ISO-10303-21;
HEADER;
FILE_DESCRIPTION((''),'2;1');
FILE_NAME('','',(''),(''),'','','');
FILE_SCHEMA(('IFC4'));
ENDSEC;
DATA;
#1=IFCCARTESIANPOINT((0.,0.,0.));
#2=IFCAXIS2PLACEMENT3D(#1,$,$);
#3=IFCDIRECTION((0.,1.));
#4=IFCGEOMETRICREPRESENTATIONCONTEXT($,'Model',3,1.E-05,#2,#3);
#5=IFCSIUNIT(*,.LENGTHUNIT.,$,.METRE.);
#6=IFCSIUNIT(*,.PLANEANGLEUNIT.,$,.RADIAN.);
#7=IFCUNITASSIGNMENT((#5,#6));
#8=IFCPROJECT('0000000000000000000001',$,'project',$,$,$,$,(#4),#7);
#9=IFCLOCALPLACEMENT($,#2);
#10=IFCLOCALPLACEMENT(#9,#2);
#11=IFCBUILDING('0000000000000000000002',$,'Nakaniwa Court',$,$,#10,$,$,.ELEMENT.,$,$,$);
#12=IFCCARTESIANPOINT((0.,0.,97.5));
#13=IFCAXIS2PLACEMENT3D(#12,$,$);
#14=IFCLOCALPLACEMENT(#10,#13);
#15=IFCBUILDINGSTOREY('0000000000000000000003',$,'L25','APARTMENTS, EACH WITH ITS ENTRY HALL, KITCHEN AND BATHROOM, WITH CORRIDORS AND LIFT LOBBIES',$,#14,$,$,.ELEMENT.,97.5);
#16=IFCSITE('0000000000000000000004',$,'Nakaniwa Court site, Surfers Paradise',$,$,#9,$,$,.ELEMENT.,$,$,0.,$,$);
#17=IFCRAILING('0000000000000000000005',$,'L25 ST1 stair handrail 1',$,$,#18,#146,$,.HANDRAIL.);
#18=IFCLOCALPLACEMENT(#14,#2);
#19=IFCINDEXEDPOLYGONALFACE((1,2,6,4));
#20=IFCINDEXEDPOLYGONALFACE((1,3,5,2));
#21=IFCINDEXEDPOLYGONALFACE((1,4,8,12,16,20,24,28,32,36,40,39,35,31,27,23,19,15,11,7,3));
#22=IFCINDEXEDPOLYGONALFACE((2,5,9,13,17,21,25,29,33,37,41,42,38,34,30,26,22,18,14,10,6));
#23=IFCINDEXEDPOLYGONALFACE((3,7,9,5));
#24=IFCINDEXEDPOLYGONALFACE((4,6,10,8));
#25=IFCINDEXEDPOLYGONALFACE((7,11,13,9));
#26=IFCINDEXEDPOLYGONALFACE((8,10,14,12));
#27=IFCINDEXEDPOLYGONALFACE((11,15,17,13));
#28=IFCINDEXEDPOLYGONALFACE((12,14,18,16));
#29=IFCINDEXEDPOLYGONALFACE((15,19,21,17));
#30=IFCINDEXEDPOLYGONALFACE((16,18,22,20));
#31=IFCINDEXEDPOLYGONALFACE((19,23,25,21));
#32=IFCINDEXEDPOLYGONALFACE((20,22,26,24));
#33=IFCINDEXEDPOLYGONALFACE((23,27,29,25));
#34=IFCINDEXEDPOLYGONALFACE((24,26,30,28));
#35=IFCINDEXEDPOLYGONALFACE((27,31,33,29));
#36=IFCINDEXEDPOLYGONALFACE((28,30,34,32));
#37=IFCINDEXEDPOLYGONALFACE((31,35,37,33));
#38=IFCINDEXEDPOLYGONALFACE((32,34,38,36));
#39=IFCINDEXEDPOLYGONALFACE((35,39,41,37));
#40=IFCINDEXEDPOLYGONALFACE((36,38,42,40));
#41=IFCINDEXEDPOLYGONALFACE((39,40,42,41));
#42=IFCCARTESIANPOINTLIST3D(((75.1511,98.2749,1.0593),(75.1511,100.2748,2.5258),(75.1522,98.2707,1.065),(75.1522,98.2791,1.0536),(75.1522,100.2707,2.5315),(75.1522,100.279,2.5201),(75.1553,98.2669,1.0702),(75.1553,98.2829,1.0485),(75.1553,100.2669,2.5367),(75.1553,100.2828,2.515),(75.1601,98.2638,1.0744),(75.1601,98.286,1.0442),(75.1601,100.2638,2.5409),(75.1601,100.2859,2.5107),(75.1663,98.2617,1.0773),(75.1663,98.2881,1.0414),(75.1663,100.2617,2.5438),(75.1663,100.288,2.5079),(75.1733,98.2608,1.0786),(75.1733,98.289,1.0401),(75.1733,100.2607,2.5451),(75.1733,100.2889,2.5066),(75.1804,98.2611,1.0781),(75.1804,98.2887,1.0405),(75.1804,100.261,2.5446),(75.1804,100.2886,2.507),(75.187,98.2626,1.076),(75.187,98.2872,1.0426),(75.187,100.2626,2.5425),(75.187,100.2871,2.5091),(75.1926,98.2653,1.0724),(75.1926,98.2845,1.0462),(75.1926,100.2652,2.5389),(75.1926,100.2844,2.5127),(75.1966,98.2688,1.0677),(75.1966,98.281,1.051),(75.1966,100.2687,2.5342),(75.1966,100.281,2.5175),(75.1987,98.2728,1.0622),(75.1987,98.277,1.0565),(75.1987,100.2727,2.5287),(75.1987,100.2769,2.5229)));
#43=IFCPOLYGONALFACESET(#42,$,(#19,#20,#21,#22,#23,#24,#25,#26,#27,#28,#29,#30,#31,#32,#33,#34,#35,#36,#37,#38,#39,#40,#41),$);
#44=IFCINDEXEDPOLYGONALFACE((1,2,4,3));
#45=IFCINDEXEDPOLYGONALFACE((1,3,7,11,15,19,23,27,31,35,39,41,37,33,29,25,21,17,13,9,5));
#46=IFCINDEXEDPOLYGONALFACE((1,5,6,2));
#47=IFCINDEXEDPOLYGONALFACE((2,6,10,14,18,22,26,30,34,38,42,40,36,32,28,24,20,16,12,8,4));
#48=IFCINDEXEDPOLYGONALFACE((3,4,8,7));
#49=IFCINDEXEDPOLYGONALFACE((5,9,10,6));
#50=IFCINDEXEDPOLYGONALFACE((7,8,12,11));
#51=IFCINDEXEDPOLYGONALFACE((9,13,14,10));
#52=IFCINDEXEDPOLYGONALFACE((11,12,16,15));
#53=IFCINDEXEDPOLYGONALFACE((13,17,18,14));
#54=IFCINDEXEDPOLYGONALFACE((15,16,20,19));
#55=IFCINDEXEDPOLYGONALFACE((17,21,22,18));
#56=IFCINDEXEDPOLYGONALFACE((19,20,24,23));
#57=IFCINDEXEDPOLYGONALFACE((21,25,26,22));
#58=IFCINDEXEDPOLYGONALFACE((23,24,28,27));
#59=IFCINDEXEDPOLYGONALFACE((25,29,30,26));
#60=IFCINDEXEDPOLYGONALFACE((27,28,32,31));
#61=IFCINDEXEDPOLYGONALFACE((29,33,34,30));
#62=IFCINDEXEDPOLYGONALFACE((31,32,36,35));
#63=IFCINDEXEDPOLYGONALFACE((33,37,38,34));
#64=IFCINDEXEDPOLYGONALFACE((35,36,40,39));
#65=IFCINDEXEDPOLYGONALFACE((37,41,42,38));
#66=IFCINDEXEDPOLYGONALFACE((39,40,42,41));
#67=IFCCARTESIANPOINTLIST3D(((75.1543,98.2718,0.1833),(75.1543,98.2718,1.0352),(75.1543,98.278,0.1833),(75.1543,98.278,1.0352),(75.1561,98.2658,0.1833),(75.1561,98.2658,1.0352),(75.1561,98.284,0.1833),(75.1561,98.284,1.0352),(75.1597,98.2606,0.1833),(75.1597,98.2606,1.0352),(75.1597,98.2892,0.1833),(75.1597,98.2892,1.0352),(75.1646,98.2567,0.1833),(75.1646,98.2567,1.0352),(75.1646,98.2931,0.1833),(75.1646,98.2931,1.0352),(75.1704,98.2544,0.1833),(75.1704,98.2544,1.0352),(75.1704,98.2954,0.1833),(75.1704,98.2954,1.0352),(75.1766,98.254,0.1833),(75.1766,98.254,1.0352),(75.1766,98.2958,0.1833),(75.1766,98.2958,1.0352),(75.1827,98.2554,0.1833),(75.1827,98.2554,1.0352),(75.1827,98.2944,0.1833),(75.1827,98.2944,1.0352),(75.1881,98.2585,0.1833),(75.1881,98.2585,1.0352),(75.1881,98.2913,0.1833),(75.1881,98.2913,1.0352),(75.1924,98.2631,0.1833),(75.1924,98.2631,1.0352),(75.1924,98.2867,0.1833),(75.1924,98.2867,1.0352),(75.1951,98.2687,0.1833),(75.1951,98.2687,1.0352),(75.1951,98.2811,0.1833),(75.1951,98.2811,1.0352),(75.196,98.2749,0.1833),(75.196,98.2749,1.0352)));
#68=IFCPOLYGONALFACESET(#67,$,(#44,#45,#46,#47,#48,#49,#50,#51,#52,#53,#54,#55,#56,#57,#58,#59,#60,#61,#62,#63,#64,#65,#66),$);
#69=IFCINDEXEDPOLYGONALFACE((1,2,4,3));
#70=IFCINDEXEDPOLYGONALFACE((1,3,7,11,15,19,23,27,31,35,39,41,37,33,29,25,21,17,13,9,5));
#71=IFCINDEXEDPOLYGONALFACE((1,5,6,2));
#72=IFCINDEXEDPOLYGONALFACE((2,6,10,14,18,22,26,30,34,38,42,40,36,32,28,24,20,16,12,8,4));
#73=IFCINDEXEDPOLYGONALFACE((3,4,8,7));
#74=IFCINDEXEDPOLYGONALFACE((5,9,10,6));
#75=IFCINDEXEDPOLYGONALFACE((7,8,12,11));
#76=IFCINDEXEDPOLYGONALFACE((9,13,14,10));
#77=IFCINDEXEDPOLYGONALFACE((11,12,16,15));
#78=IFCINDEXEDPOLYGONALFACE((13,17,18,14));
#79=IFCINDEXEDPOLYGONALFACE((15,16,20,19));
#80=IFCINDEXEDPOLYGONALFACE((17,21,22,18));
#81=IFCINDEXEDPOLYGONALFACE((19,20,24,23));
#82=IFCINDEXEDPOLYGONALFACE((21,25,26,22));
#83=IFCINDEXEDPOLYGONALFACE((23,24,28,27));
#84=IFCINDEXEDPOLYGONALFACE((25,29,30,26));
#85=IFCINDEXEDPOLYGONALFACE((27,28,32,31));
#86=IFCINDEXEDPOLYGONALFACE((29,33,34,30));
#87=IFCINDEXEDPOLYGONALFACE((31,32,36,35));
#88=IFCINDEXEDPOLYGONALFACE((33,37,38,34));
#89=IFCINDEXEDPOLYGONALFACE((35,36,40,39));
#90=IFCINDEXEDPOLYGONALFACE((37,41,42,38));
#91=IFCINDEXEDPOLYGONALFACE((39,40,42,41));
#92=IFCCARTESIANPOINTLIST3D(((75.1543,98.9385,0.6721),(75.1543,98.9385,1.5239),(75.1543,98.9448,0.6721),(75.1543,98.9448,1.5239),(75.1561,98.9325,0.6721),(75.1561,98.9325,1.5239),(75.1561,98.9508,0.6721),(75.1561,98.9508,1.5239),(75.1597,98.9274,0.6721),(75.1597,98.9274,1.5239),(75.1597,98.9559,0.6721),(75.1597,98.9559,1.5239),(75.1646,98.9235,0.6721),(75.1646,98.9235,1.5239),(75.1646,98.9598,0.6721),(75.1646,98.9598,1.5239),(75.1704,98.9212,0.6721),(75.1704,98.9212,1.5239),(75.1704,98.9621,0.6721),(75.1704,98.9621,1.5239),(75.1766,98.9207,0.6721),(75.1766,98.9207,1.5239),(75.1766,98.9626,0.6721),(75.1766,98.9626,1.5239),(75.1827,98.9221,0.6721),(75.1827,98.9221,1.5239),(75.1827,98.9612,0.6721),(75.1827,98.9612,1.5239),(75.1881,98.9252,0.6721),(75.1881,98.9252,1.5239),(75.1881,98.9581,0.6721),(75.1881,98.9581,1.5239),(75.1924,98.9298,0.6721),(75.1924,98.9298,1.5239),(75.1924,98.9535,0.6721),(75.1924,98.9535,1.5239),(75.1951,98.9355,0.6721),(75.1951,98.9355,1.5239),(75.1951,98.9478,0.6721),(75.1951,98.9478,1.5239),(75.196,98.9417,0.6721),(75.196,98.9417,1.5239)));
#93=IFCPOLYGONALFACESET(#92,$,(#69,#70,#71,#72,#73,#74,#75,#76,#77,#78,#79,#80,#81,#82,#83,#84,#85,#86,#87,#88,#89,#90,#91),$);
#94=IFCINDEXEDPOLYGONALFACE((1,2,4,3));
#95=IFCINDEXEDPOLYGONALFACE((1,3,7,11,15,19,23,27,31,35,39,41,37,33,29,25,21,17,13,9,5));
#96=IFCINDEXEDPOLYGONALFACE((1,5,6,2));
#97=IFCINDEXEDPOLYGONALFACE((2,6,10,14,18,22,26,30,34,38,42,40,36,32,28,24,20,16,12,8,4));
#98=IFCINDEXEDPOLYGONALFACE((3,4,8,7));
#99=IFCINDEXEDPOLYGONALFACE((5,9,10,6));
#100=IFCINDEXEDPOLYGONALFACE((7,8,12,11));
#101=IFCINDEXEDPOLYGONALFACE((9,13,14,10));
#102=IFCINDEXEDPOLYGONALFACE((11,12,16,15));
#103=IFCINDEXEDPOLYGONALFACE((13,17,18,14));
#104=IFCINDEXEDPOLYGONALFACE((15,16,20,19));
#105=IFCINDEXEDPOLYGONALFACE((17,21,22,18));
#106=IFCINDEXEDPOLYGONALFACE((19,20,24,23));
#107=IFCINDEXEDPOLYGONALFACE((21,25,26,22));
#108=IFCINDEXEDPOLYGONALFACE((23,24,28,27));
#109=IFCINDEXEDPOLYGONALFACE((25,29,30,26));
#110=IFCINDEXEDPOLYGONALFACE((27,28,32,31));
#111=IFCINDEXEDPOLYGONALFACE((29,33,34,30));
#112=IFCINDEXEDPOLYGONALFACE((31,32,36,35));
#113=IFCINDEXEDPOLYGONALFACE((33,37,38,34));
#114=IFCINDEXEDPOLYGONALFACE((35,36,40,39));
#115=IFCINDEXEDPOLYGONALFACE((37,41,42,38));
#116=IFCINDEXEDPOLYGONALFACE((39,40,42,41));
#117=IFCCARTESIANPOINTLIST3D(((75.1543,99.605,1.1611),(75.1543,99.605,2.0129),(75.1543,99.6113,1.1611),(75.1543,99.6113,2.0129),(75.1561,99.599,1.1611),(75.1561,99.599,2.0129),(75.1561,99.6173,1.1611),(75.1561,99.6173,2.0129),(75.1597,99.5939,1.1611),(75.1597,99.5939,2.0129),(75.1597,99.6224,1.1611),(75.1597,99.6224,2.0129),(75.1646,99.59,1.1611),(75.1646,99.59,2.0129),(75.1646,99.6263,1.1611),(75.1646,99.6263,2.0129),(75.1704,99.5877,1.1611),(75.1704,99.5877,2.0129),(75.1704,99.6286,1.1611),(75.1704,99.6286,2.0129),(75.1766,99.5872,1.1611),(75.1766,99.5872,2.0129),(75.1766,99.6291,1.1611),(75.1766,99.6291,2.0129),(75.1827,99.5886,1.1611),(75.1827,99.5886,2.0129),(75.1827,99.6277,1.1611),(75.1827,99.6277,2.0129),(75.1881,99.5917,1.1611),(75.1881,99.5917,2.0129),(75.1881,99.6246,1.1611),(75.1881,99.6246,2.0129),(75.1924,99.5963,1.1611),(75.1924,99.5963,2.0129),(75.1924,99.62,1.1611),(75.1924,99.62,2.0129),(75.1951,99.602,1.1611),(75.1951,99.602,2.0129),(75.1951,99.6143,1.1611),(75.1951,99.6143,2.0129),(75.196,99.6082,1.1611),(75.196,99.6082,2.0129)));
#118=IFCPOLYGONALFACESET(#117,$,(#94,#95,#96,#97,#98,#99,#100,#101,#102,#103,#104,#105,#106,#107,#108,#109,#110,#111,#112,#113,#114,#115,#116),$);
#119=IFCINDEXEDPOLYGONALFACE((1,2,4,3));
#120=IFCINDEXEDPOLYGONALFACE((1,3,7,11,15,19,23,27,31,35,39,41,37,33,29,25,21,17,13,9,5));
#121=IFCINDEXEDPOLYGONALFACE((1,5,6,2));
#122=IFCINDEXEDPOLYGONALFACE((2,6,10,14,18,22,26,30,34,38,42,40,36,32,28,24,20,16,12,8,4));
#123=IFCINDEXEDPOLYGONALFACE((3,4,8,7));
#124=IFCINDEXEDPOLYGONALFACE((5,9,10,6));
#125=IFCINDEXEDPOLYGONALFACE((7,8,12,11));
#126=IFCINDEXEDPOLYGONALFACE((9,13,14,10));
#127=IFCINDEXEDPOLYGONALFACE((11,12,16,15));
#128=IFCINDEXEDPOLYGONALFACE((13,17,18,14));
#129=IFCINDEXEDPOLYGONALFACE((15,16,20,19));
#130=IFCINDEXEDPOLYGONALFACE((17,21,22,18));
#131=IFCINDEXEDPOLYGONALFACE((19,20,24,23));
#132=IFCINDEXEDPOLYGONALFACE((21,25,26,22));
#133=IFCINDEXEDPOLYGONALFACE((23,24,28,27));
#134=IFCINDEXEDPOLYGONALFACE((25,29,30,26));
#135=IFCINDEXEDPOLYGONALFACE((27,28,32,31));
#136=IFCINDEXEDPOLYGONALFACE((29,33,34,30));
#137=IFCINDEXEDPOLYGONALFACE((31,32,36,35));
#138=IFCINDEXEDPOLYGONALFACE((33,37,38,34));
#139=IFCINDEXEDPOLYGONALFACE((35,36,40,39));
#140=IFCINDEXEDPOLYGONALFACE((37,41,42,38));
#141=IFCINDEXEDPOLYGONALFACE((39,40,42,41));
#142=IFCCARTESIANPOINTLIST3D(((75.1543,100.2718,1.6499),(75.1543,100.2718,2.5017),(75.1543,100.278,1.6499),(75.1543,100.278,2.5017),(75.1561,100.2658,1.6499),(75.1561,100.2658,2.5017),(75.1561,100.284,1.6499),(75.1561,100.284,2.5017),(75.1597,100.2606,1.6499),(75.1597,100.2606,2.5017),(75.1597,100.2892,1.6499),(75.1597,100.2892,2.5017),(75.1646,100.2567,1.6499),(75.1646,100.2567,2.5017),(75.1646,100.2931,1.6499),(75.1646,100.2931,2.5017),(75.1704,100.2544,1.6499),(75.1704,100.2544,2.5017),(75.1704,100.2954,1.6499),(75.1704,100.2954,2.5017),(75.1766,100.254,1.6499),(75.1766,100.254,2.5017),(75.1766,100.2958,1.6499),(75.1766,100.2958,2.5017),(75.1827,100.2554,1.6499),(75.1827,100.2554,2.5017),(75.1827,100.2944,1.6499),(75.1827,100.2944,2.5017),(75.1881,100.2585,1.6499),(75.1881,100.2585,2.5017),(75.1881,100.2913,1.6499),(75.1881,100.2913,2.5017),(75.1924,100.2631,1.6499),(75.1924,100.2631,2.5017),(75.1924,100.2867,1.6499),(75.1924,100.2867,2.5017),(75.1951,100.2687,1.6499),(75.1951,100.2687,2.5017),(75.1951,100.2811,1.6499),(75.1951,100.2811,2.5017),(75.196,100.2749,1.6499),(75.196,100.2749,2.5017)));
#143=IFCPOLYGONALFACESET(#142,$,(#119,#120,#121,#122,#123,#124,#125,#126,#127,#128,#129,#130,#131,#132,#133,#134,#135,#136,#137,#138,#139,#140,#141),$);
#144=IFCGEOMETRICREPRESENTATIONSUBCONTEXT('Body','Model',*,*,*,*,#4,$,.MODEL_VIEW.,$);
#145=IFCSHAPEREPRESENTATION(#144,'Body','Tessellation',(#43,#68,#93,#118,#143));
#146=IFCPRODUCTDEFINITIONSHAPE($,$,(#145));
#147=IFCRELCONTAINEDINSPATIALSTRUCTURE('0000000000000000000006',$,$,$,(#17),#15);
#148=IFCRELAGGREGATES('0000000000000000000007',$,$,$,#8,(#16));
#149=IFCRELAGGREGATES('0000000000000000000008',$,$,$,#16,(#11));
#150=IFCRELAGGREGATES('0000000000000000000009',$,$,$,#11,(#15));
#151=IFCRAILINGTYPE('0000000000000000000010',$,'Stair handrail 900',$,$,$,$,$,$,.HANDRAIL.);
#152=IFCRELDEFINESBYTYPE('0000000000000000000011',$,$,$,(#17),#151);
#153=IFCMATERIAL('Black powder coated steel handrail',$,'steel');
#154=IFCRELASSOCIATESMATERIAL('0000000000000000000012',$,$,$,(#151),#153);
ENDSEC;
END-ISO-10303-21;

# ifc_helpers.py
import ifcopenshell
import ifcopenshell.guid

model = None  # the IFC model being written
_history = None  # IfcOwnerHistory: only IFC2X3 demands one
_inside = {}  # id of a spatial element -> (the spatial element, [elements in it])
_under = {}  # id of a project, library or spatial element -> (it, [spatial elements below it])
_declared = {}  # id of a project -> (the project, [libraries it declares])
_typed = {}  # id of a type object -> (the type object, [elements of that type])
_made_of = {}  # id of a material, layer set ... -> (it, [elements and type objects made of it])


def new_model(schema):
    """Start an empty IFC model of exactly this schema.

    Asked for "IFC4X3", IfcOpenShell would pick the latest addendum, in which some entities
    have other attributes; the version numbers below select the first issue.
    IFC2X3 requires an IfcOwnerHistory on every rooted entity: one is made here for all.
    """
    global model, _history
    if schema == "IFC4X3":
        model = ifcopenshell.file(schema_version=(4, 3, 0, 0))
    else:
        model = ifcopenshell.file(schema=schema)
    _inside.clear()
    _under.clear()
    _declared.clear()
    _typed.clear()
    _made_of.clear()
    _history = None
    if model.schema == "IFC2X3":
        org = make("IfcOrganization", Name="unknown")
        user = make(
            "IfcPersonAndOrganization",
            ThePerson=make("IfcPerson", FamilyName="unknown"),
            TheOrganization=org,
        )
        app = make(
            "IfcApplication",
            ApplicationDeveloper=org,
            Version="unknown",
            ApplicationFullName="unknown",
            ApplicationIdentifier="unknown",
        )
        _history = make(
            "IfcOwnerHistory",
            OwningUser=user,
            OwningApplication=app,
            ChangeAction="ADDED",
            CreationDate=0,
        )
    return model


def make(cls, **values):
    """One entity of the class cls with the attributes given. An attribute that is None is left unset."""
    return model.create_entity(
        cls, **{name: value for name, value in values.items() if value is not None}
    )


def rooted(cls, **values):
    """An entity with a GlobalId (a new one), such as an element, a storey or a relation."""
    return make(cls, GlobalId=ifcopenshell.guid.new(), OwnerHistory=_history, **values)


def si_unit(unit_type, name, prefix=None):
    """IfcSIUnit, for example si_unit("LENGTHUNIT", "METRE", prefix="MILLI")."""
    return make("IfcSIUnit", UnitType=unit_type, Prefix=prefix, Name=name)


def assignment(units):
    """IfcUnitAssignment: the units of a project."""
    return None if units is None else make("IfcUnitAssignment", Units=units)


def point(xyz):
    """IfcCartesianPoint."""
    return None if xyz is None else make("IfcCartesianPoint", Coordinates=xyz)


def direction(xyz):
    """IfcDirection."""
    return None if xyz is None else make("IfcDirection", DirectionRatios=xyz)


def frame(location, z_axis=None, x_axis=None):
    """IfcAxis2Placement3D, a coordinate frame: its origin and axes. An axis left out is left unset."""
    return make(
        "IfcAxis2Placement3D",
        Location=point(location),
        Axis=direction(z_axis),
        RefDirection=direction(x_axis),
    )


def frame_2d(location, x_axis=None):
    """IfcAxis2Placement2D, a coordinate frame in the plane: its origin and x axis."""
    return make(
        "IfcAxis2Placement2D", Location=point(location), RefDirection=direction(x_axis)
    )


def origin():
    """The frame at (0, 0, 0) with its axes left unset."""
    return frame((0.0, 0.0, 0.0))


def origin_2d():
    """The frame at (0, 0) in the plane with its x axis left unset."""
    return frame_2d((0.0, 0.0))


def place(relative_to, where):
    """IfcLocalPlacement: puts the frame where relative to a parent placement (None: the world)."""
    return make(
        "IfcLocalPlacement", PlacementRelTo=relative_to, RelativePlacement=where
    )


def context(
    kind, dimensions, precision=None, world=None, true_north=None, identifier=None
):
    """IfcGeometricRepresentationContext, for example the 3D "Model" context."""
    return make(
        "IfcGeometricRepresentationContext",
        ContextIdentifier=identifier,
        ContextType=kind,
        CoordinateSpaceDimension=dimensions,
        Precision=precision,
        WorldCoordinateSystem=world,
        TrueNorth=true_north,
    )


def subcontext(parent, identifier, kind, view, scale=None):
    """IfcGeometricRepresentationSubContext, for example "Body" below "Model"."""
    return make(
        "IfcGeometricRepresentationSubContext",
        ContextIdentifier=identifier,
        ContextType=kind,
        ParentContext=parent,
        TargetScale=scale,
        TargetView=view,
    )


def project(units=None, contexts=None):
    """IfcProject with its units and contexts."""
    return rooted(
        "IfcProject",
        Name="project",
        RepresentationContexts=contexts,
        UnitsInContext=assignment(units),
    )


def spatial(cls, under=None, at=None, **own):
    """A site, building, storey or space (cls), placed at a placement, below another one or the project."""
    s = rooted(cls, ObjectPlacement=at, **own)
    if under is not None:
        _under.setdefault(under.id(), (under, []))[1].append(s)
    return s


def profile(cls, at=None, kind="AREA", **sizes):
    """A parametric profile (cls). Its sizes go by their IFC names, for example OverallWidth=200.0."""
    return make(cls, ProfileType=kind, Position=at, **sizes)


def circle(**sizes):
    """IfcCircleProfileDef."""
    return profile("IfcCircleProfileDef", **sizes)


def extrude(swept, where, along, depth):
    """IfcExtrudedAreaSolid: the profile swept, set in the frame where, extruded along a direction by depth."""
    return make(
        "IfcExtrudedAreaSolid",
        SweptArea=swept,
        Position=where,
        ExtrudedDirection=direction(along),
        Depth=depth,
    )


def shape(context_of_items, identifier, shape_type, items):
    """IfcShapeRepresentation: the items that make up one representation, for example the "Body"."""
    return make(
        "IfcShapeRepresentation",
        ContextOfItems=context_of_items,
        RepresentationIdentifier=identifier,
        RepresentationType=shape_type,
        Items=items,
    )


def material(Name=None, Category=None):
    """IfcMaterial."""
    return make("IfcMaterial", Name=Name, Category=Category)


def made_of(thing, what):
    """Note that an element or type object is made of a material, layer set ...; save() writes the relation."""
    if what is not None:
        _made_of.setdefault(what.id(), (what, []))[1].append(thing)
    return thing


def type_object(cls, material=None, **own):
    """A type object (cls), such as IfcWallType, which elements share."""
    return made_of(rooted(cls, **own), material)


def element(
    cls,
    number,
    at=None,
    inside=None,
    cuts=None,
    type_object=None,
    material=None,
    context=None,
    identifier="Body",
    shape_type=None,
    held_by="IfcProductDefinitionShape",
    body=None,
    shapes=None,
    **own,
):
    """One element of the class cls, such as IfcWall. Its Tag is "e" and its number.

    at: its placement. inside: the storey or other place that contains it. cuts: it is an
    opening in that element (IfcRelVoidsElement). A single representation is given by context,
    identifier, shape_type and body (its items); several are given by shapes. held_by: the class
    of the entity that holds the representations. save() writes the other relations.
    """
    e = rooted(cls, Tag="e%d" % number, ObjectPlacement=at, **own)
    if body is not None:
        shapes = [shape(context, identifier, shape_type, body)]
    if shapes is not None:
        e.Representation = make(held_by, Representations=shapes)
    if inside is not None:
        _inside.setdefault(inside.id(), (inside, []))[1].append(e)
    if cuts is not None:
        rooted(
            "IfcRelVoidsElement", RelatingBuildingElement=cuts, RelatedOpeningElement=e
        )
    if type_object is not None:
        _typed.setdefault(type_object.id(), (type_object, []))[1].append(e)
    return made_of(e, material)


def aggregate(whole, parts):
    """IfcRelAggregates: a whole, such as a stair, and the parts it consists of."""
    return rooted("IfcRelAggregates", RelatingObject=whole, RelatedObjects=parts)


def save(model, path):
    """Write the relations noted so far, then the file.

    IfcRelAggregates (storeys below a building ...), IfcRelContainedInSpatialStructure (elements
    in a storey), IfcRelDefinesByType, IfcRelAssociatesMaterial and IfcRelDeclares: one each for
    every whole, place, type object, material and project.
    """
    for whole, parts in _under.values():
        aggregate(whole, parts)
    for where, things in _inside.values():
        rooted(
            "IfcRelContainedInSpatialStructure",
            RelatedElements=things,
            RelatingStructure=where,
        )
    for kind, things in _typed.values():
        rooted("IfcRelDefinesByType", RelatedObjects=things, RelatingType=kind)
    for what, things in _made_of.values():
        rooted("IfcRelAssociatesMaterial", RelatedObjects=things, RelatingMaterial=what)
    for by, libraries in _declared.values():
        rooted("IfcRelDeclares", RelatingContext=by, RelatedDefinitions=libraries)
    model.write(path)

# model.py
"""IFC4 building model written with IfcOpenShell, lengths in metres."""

from ifc_helpers import new_model, si_unit, direction, frame, origin, origin_2d, place, context, subcontext, project, spatial, circle, extrude, material, type_object, element, save


model = new_model("IFC4")

# Units and contexts
model_context = context("Model", 3, precision=1e-05, world=origin(), true_north=direction((0.0, 1.0)))
body_context = subcontext(model_context, "Body", "Model", "MODEL_VIEW")
ifc_project = project(units=[si_unit("LENGTHUNIT", "METRE"), si_unit("PLANEANGLEUNIT", "RADIAN")], contexts=[model_context])

# Site, building, storey
site_placement = place(None, origin())
site = spatial("IfcSite", under=ifc_project, at=site_placement, Name="Nakaniwa Court site, Surfers Paradise", CompositionType="ELEMENT", RefElevation=0.0)
building_placement = place(site_placement, origin())
building = spatial("IfcBuilding", under=site, at=building_placement, Name="Nakaniwa Court", CompositionType="ELEMENT")
storey_placement = place(building_placement, frame((0.0, 0.0, 97.5)))
storey = spatial("IfcBuildingStorey", under=building, at=storey_placement, Name="L25", Description="APARTMENTS, EACH WITH ITS ENTRY HALL, KITCHEN AND BATHROOM, WITH CORRIDORS AND LIFT LOBBIES", CompositionType="ELEMENT", Elevation=97.5)

# Railing
ifc_material_1 = material(Name="Black powder coated steel handrail", Category="steel")
railing_type_1 = type_object("IfcRailingType", Name="Stair handrail 900", PredefinedType="HANDRAIL", material=ifc_material_1)
railing_1_placement = place(storey_placement, frame((75.175, 98.2749, 0.1833)))
element("IfcRailing", 1, at=railing_1_placement, inside=storey, type_object=railing_type_1, Name="L25 ST1 stair handrail 1", PredefinedType="HANDRAIL", context=body_context, shape_type="SweptSolid", body=[
    extrude(circle(Radius=0.0239, at=origin_2d()), frame((0.0, 0.0, 0.876), z_axis=(0.0, 0.806427, 0.591334), x_axis=(-1.0, 0.0, 0.0)), (0.0, 0.0, 1.0), 2.48),
    extrude(circle(Radius=0.021, at=origin_2d()), origin(), (0.0, 0.0, 1.0), 0.8518),
    extrude(circle(Radius=0.021, at=origin_2d()), frame((0.0, 0.6667, 0.4888)), (0.0, 0.0, 1.0), 0.8518),
    extrude(circle(Radius=0.021, at=origin_2d()), frame((0.0, 1.3333, 0.9778)), (0.0, 0.0, 1.0), 0.8518),
    extrude(circle(Radius=0.021, at=origin_2d()), frame((0.0, 2.0, 1.4666)), (0.0, 0.0, 1.0), 0.8518),
])

save(model, "model.ifc")
